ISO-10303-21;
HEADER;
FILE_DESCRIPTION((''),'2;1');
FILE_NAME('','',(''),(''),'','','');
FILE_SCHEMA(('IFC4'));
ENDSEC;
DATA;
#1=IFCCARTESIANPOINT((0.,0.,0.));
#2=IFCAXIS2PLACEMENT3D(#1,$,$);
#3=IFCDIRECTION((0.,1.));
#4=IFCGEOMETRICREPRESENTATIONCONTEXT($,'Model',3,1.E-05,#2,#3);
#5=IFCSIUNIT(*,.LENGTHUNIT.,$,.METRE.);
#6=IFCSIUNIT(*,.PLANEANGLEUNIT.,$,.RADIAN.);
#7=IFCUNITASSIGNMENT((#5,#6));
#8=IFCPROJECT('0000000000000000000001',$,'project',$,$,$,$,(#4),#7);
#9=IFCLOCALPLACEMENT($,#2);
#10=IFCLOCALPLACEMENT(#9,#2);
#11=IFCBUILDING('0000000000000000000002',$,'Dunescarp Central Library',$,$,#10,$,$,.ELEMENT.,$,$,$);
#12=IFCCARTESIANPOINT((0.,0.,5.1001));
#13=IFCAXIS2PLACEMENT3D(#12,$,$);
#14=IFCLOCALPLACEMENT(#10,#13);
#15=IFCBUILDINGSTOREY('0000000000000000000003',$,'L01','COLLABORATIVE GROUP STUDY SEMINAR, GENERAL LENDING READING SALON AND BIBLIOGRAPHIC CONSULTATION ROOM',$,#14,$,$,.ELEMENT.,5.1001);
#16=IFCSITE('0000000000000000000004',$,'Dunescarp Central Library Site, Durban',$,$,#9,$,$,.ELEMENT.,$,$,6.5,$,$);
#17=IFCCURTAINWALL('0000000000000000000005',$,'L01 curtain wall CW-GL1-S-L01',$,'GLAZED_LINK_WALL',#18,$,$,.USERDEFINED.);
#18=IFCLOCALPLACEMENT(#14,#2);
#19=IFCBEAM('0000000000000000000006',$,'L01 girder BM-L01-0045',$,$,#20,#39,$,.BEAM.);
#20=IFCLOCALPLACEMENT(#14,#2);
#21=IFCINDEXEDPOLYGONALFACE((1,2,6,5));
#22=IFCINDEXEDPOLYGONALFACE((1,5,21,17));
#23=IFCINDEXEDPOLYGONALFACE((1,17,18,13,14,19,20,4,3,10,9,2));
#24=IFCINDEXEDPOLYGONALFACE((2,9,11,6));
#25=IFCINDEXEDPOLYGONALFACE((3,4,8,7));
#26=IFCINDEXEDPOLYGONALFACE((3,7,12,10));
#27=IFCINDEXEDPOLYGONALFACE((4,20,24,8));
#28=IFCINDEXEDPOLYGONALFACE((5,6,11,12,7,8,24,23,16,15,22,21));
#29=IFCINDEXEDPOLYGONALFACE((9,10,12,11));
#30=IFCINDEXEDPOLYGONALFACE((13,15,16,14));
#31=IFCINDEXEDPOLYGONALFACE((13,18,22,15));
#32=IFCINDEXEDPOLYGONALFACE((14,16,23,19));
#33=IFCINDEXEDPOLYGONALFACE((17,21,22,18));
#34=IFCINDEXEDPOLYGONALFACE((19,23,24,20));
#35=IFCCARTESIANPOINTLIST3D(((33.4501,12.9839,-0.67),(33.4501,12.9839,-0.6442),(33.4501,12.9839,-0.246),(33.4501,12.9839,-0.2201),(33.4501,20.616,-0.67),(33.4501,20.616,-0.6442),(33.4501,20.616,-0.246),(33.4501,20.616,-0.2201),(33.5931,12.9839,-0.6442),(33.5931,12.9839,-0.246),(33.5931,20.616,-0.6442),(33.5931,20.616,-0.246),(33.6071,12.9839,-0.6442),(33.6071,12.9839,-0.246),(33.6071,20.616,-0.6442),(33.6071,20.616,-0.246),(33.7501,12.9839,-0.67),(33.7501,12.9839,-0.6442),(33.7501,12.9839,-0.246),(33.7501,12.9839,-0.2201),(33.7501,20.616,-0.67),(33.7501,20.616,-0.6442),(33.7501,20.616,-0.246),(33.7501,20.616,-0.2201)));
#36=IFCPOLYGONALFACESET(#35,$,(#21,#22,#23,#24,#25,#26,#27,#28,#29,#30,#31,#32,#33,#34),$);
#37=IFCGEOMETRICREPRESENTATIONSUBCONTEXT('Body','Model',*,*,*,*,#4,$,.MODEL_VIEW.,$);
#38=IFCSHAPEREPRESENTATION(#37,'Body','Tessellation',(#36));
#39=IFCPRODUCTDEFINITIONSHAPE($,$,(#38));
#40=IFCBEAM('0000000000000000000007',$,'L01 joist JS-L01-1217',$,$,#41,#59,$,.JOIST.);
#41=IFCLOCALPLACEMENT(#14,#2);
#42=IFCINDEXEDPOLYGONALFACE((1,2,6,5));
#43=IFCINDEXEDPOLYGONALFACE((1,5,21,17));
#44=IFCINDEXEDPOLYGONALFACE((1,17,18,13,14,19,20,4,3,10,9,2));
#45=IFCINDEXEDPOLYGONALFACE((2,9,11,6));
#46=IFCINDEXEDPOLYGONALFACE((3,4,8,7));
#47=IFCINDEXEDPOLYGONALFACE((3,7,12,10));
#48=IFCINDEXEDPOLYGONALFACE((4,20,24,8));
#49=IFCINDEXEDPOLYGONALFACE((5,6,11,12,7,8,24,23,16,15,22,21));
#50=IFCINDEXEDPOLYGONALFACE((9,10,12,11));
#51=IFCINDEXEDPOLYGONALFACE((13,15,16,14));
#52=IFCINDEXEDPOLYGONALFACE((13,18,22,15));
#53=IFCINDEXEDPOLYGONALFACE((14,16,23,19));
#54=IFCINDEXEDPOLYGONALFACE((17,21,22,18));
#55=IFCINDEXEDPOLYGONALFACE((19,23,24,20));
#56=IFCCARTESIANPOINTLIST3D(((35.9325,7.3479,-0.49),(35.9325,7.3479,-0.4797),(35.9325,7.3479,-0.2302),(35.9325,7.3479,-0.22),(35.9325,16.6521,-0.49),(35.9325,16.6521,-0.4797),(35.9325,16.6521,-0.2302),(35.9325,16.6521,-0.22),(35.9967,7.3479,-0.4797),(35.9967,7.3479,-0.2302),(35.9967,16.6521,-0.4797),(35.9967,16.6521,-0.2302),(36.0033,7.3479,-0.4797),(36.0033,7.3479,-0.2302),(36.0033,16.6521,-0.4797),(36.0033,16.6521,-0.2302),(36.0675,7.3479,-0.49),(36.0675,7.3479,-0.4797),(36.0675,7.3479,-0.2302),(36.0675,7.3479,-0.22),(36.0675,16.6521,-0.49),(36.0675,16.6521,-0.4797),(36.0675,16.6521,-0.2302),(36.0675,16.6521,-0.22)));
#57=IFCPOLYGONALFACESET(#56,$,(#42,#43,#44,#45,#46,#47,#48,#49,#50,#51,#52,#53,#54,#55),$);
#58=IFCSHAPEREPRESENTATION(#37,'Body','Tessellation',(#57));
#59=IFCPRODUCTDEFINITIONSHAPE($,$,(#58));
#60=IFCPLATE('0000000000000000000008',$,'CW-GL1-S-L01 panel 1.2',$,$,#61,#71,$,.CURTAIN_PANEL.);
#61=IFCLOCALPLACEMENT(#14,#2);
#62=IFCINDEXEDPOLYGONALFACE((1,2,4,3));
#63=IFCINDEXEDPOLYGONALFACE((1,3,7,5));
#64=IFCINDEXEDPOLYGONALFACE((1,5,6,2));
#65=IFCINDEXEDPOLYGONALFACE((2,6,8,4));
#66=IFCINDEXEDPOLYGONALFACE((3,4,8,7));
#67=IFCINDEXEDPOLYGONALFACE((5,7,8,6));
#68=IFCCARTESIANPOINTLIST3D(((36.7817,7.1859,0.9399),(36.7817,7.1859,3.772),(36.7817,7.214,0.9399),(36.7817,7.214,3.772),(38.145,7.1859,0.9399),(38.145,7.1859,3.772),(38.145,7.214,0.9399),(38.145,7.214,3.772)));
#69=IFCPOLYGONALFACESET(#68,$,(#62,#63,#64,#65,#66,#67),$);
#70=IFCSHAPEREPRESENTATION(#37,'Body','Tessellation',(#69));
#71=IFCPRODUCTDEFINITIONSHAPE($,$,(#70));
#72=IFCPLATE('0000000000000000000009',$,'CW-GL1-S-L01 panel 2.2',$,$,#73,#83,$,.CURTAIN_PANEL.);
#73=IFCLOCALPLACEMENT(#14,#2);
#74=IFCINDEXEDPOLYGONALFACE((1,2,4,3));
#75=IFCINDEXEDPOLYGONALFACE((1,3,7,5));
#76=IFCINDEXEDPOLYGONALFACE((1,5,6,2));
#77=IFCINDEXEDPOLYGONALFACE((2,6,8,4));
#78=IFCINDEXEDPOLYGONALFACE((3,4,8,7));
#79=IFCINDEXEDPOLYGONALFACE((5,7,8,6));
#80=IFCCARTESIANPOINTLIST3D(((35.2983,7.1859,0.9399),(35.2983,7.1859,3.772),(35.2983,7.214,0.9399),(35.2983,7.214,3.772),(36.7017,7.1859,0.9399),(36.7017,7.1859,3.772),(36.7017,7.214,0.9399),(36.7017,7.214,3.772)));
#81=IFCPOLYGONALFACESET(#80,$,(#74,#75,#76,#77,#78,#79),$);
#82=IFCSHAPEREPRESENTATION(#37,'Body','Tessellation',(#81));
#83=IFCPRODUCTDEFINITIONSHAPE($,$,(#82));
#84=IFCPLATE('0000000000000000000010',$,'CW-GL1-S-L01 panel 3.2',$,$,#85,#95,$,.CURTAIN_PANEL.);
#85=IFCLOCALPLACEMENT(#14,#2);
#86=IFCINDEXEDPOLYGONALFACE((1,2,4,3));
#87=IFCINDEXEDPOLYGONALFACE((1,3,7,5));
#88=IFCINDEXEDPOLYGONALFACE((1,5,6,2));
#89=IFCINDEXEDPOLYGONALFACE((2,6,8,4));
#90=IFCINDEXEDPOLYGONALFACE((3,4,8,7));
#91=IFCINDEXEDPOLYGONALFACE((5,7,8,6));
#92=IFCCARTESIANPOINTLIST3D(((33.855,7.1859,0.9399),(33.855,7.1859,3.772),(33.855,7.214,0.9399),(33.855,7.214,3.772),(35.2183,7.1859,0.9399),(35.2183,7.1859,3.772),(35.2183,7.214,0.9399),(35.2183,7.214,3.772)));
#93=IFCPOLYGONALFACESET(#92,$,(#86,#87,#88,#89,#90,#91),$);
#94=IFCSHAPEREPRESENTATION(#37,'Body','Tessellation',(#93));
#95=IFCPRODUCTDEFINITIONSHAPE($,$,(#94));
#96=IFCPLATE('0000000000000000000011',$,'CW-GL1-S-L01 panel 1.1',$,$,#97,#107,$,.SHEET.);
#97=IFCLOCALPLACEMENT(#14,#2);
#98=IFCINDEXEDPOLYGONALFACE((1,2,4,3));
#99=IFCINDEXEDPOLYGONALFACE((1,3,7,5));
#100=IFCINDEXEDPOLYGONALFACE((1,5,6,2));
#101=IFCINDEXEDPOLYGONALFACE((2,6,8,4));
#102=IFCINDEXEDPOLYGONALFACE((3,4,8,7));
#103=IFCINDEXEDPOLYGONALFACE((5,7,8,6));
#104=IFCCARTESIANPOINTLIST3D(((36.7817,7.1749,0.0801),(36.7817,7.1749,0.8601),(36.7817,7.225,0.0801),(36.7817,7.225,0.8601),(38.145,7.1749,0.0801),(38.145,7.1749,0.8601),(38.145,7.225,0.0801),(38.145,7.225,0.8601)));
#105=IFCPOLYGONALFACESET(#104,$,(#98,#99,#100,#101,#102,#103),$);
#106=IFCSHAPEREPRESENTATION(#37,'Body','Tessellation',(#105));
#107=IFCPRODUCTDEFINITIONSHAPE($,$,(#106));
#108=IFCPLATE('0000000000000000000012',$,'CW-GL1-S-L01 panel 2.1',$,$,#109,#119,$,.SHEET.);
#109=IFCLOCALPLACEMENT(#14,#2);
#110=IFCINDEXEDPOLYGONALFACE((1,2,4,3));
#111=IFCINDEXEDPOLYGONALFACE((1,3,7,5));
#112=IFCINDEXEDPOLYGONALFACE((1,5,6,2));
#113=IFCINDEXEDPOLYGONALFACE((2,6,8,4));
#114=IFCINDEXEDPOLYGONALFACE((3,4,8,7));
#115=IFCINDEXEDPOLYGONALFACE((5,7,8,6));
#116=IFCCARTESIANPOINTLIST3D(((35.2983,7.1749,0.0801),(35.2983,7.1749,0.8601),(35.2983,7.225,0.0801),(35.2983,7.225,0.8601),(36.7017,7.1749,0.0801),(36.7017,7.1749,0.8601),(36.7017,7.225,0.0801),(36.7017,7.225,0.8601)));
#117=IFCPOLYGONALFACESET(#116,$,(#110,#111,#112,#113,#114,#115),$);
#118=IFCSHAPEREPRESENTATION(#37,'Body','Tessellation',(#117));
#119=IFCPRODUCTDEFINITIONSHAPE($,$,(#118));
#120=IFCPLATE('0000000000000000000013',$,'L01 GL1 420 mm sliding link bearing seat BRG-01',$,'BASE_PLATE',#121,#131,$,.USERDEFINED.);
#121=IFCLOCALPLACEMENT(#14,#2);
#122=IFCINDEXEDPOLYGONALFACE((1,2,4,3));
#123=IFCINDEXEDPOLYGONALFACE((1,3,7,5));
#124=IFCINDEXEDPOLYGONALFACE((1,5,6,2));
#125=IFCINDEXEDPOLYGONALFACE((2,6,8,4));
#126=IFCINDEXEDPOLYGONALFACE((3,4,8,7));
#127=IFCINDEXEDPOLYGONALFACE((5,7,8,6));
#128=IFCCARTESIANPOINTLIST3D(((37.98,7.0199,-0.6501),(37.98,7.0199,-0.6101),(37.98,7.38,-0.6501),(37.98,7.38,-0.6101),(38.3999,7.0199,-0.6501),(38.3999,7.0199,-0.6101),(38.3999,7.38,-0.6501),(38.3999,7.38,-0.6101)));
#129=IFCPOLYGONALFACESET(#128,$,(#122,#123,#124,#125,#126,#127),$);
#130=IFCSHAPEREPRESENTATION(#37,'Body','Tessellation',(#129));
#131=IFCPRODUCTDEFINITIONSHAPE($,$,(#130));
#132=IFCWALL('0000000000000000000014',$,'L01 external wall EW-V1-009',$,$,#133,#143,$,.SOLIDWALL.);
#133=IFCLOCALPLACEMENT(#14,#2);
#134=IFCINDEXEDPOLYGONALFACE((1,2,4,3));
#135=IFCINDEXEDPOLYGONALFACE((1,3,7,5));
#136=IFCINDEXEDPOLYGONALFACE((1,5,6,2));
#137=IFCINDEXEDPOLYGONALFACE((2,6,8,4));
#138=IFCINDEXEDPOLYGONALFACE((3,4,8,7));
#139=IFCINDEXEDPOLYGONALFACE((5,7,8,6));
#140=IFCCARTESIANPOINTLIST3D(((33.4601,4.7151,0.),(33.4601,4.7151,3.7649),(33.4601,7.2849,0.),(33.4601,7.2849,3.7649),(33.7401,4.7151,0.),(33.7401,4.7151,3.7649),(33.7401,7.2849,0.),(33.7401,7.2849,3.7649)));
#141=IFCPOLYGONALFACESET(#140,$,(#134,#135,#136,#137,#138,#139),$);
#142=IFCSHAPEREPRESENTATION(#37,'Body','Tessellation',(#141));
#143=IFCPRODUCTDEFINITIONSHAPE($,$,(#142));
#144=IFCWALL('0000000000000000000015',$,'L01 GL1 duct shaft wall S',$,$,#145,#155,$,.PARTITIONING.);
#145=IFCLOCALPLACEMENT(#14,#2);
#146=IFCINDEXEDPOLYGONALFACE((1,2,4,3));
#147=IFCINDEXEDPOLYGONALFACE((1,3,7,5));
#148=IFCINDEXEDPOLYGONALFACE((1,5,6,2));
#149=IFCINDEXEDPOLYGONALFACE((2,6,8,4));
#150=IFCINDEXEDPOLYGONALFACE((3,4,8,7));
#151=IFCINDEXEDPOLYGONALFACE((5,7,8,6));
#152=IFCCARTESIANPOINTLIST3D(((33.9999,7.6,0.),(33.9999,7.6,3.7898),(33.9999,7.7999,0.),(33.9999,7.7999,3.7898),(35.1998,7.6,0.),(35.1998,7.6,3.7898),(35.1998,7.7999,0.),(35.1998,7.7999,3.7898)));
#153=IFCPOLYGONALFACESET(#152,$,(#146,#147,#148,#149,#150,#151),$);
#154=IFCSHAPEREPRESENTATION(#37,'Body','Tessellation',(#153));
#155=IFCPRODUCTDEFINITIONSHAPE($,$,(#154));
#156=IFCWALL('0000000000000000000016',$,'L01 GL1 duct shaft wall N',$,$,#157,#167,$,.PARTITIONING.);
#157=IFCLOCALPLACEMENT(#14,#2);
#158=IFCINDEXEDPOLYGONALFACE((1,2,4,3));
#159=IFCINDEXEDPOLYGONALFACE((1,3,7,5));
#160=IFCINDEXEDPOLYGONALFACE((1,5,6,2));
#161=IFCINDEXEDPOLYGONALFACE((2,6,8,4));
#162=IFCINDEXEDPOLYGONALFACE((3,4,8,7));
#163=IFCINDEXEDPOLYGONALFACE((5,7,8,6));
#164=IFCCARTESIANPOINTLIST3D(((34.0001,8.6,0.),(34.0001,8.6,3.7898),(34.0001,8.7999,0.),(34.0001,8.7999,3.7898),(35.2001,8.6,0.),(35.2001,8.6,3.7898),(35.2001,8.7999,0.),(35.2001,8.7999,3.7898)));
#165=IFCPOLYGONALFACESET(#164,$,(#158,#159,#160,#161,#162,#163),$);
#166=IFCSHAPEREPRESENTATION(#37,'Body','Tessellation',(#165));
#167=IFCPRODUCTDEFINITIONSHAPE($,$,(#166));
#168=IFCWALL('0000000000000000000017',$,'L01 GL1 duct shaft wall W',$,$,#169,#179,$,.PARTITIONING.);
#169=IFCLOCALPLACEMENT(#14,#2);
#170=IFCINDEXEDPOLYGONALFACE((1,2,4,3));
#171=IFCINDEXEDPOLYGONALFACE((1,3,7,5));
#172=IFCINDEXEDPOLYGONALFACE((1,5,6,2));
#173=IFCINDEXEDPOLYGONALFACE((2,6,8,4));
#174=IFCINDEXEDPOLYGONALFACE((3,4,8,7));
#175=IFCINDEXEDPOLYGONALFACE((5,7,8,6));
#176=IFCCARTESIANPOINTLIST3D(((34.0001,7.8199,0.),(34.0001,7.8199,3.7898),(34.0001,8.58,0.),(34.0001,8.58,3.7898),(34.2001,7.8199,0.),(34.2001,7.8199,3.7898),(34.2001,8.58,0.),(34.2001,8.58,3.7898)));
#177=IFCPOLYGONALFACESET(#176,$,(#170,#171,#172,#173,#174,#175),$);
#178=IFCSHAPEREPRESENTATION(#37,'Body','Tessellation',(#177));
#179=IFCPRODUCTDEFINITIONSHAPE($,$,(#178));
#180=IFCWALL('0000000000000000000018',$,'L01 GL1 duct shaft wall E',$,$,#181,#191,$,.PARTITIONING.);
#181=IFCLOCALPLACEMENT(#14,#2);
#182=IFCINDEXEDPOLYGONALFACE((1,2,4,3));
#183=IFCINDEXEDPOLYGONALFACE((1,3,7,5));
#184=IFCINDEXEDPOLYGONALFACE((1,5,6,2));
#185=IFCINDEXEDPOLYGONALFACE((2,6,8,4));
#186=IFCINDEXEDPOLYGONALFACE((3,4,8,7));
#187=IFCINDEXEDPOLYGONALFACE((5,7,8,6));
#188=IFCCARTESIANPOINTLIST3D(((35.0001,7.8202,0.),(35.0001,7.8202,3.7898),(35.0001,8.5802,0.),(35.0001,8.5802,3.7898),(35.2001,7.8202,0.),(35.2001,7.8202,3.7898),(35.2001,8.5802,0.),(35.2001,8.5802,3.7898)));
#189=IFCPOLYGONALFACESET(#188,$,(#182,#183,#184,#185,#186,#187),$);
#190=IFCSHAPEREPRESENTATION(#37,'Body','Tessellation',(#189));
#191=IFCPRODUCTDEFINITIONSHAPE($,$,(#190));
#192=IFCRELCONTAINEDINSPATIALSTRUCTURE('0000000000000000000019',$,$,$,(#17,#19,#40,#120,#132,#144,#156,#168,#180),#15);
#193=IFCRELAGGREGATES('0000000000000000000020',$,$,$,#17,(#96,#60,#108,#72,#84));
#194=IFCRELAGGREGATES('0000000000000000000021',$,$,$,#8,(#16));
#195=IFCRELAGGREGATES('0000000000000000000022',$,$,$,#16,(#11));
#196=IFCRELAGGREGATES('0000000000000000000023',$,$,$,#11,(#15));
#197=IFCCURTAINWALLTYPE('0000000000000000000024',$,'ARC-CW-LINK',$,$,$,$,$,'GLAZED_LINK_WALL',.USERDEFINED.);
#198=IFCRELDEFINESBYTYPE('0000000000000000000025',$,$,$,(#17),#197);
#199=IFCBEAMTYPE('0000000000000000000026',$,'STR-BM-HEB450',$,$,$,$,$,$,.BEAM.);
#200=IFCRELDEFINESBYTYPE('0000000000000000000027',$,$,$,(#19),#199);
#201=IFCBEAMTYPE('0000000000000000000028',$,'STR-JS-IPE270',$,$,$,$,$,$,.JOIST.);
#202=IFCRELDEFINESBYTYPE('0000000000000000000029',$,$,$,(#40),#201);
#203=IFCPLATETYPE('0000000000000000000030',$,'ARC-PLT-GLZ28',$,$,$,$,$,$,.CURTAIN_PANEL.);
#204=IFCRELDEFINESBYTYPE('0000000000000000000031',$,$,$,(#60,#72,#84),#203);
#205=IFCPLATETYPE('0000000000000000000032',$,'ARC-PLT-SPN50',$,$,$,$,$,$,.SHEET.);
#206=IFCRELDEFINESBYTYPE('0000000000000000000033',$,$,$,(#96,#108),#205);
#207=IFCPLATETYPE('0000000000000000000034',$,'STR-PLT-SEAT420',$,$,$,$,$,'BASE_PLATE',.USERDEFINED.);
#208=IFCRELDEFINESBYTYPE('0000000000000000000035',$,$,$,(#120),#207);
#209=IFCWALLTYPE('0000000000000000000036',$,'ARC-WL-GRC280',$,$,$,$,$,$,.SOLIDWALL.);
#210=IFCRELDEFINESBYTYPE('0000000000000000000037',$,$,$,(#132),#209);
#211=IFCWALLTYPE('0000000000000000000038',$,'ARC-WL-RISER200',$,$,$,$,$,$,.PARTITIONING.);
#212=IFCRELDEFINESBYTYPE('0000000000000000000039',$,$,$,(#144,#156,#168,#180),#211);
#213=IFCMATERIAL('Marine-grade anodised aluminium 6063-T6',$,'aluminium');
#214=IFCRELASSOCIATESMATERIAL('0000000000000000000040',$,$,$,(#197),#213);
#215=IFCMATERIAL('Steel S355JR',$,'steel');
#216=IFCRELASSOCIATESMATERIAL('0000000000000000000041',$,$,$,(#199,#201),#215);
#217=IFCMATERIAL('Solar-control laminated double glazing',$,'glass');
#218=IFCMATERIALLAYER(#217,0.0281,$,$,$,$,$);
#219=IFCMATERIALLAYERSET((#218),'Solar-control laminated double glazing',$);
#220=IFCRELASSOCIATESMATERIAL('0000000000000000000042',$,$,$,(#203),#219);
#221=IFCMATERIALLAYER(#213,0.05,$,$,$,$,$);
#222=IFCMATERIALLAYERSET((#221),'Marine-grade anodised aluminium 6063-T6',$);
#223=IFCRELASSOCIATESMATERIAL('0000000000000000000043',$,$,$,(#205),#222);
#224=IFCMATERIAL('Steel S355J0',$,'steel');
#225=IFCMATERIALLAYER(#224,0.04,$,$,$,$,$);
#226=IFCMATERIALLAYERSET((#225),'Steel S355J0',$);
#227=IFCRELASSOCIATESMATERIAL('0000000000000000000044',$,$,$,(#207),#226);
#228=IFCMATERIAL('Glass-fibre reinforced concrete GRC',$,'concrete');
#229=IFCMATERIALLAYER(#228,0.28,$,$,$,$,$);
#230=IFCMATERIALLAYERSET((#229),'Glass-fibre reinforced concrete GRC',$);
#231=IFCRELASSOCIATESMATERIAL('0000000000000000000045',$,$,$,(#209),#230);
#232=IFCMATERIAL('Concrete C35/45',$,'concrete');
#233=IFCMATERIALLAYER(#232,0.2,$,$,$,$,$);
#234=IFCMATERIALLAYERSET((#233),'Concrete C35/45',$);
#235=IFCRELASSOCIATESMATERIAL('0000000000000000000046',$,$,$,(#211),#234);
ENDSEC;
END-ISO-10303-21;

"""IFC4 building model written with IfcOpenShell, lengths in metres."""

from ifc_helpers import new_model, si_unit, direction, frame, frame_2d, origin, origin_2d, place, context, subcontext, project, spatial, rectangle, i_section, extrude, material, layer, layer_set, material_profile, profile_set, type_object, element, aggregate, save


model = new_model("IFC4")

# Units and contexts
model_context = context("Model", 3, precision=1e-05, world=origin(), true_north=direction((0.0, 1.0)))
body_context = subcontext(model_context, "Body", "Model", "MODEL_VIEW")
ifc_project = project(units=[si_unit("LENGTHUNIT", "METRE"), si_unit("PLANEANGLEUNIT", "RADIAN")], contexts=[model_context])

# Site, building, storey
site_placement = place(None, origin())
site = spatial("IfcSite", under=ifc_project, at=site_placement, Name="Dunescarp Central Library Site, Durban", CompositionType="ELEMENT", RefElevation=6.5)
building_placement = place(site_placement, origin())
building = spatial("IfcBuilding", under=site, at=building_placement, Name="Dunescarp Central Library", CompositionType="ELEMENT")
storey_placement = place(building_placement, frame((0.0, 0.0, 5.1001)))
storey = spatial("IfcBuildingStorey", under=building, at=storey_placement, Name="L01", Description="COLLABORATIVE GROUP STUDY SEMINAR, GENERAL LENDING READING SALON AND BIBLIOGRAPHIC CONSULTATION ROOM", CompositionType="ELEMENT", Elevation=5.1001)

# Shared definitions
ifc_material_1 = material(Name="Steel S355JR", Category="steel")

# Curtain wall
ifc_material_2 = material(Name="Marine-grade anodised aluminium 6063-T6", Category="aluminium")
curtain_wall_type = type_object("IfcCurtainWallType", Name="ARC-CW-LINK", ElementType="GLAZED_LINK_WALL", PredefinedType="USERDEFINED", material=ifc_material_2)
curtain_wall_placement = place(storey_placement, origin())
curtain_wall = element("IfcCurtainWall", 1, at=curtain_wall_placement, inside=storey, type_object=curtain_wall_type, Name="L01 curtain wall CW-GL1-S-L01", ObjectType="GLAZED_LINK_WALL", PredefinedType="USERDEFINED")

# Beams
ifc_material_profile_1 = material_profile(ifc_material_1, i_section(OverallWidth=0.3, OverallDepth=0.45, WebThickness=0.0139, FlangeThickness=0.0259, at=origin_2d()), Name="HEB 450")
ifc_profile_set_1 = profile_set([ifc_material_profile_1], Name="Steel S355JR")
beam_type_1 = type_object("IfcBeamType", Name="STR-BM-HEB450", PredefinedType="BEAM", material=ifc_profile_set_1)
beam_1_placement = place(storey_placement, frame((33.6001, 12.9839, -0.4451), z_axis=(0.0, 1.0, 0.0), x_axis=(-1.0, 0.0, 0.0)))
element("IfcBeam", 2, at=beam_1_placement, inside=storey, type_object=beam_type_1, Name="L01 girder BM-L01-0045", PredefinedType="BEAM", context=body_context, shape_type="SweptSolid", body=[
    extrude(i_section(OverallWidth=0.3, OverallDepth=0.45, WebThickness=0.0139, FlangeThickness=0.0259, at=origin_2d()), origin(), (0.0, 0.0, 1.0), 7.6321),
])
ifc_material_profile_2 = material_profile(ifc_material_1, i_section(OverallWidth=0.135, OverallDepth=0.27, WebThickness=0.0066, FlangeThickness=0.0103, at=origin_2d()), Name="IPE 270")
ifc_profile_set_2 = profile_set([ifc_material_profile_2], Name="Steel S355JR")
beam_type_2 = type_object("IfcBeamType", Name="STR-JS-IPE270", PredefinedType="JOIST", material=ifc_profile_set_2)
beam_2_placement = place(storey_placement, frame((36.0, 7.3479, -0.355), z_axis=(0.0, 1.0, 0.0), x_axis=(-1.0, 0.0, 0.0)))
element("IfcBeam", 3, at=beam_2_placement, inside=storey, type_object=beam_type_2, Name="L01 joist JS-L01-1217", PredefinedType="JOIST", context=body_context, shape_type="SweptSolid", body=[
    extrude(i_section(OverallWidth=0.135, OverallDepth=0.27, WebThickness=0.0066, FlangeThickness=0.0103, at=origin_2d()), origin(), (0.0, 0.0, 1.0), 9.3042),
])

# Plates
ifc_material_3 = material(Name="Solar-control laminated double glazing", Category="glass")
ifc_layer_1 = layer(ifc_material_3, 0.0281)
ifc_layer_set_1 = layer_set([ifc_layer_1], Name="Solar-control laminated double glazing")
plate_type_1 = type_object("IfcPlateType", Name="ARC-PLT-GLZ28", PredefinedType="CURTAIN_PANEL", material=ifc_layer_set_1)
plate_1_placement = place(storey_placement, frame((37.4634, 7.2, 0.9399), z_axis=(0.0, 0.0, 1.0), x_axis=(-1.0, 0.0, 0.0)))
plate_1 = element("IfcPlate", 4, at=plate_1_placement, type_object=plate_type_1, Name="CW-GL1-S-L01 panel 1.2", PredefinedType="CURTAIN_PANEL", context=body_context, shape_type="SweptSolid", body=[
    extrude(rectangle(XDim=1.3633, YDim=0.0281, at=origin_2d()), origin(), (0.0, 0.0, 1.0), 2.832),
])
plate_2_placement = place(storey_placement, frame((36.0, 7.2, 0.9399), z_axis=(0.0, 0.0, 1.0), x_axis=(-1.0, 0.0, 0.0)))
plate_2 = element("IfcPlate", 5, at=plate_2_placement, type_object=plate_type_1, Name="CW-GL1-S-L01 panel 2.2", PredefinedType="CURTAIN_PANEL", context=body_context, shape_type="SweptSolid", body=[
    extrude(rectangle(XDim=1.4033, YDim=0.0281, at=origin_2d()), origin(), (0.0, 0.0, 1.0), 2.832),
])
plate_3_placement = place(storey_placement, frame((34.5366, 7.2, 0.9399), z_axis=(0.0, 0.0, 1.0), x_axis=(-1.0, 0.0, 0.0)))
plate_3 = element("IfcPlate", 6, at=plate_3_placement, type_object=plate_type_1, Name="CW-GL1-S-L01 panel 3.2", PredefinedType="CURTAIN_PANEL", context=body_context, shape_type="SweptSolid", body=[
    extrude(rectangle(XDim=1.3633, YDim=0.0281, at=origin_2d()), origin(), (0.0, 0.0, 1.0), 2.832),
])
ifc_layer_2 = layer(ifc_material_2, 0.05)
ifc_layer_set_2 = layer_set([ifc_layer_2], Name="Marine-grade anodised aluminium 6063-T6")
plate_type_2 = type_object("IfcPlateType", Name="ARC-PLT-SPN50", PredefinedType="SHEET", material=ifc_layer_set_2)
plate_4_placement = place(storey_placement, frame((37.4634, 7.2, 0.0801), z_axis=(0.0, 0.0, 1.0), x_axis=(-1.0, 0.0, 0.0)))
plate_4 = element("IfcPlate", 7, at=plate_4_placement, type_object=plate_type_2, Name="CW-GL1-S-L01 panel 1.1", PredefinedType="SHEET", context=body_context, shape_type="SweptSolid", body=[
    extrude(rectangle(XDim=1.3633, YDim=0.05, at=origin_2d()), origin(), (0.0, 0.0, 1.0), 0.78),
])
plate_5_placement = place(storey_placement, frame((36.0, 7.2, 0.0801), z_axis=(0.0, 0.0, 1.0), x_axis=(-1.0, 0.0, 0.0)))
plate_5 = element("IfcPlate", 8, at=plate_5_placement, type_object=plate_type_2, Name="CW-GL1-S-L01 panel 2.1", PredefinedType="SHEET", context=body_context, shape_type="SweptSolid", body=[
    extrude(rectangle(XDim=1.4033, YDim=0.05, at=origin_2d()), origin(), (0.0, 0.0, 1.0), 0.78),
])
aggregate(curtain_wall, [plate_4, plate_1, plate_5, plate_2, plate_3])
ifc_material_4 = material(Name="Steel S355J0", Category="steel")
ifc_layer_3 = layer(ifc_material_4, 0.04)
ifc_layer_set_3 = layer_set([ifc_layer_3], Name="Steel S355J0")
plate_type_3 = type_object("IfcPlateType", Name="STR-PLT-SEAT420", ElementType="BASE_PLATE", PredefinedType="USERDEFINED", material=ifc_layer_set_3)
plate_6_placement = place(storey_placement, frame((38.1899, 7.2, -0.6501), z_axis=(0.0, 0.0, 1.0), x_axis=(1.0, 0.0, 0.0)))
element("IfcPlate", 9, at=plate_6_placement, inside=storey, type_object=plate_type_3, Name="L01 GL1 420 mm sliding link bearing seat BRG-01", ObjectType="BASE_PLATE", PredefinedType="USERDEFINED", context=body_context, shape_type="SweptSolid", body=[
    extrude(rectangle(XDim=0.4199, YDim=0.3601, at=origin_2d()), origin(), (0.0, 0.0, 1.0), 0.04),
])

# Walls
ifc_material_5 = material(Name="Glass-fibre reinforced concrete GRC", Category="concrete")
ifc_layer_4 = layer(ifc_material_5, 0.28)
ifc_layer_set_4 = layer_set([ifc_layer_4], Name="Glass-fibre reinforced concrete GRC")
wall_type_1 = type_object("IfcWallType", Name="ARC-WL-GRC280", PredefinedType="SOLIDWALL", material=ifc_layer_set_4)
wall_1_placement = place(storey_placement, frame((33.6001, 7.2849, 0.0), z_axis=(0.0, 0.0, 1.0), x_axis=(0.0, -1.0, 0.0)))
element("IfcWall", 10, at=wall_1_placement, inside=storey, type_object=wall_type_1, Name="L01 external wall EW-V1-009", PredefinedType="SOLIDWALL", context=body_context, shape_type="SweptSolid", body=[
    extrude(rectangle(XDim=2.5698, YDim=0.28, at=frame_2d((1.2849, 0.0))), origin(), (0.0, 0.0, 1.0), 3.7649),
])
ifc_material_6 = material(Name="Concrete C35/45", Category="concrete")
ifc_layer_5 = layer(ifc_material_6, 0.2)
ifc_layer_set_5 = layer_set([ifc_layer_5], Name="Concrete C35/45")
wall_type_2 = type_object("IfcWallType", Name="ARC-WL-RISER200", PredefinedType="PARTITIONING", material=ifc_layer_set_5)
for number, where, z_axis, x_axis, name in (
    (11, (35.2, 7.7, 0.0), (0.0, 0.0, 1.0), (-1.0, 0.0, 0.0), "L01 GL1 duct shaft wall S"),
    (12, (34.0, 8.7, 0.0), (0.0, 0.0, 1.0), (1.0, 0.0, 0.0), "L01 GL1 duct shaft wall N"),
):
    element("IfcWall", number, at=place(storey_placement, frame(where, z_axis=z_axis, x_axis=x_axis)), inside=storey, type_object=wall_type_2, Name=name, PredefinedType="PARTITIONING", context=body_context, shape_type="SweptSolid", body=[
        extrude(rectangle(XDim=1.2, YDim=0.2, at=frame_2d((0.6001, 0.0))), origin(), (0.0, 0.0, 1.0), 3.7898),
    ])
for number, where, z_axis, x_axis, name in (
    (13, (34.1001, 7.8201, 0.0), (0.0, 0.0, 1.0), (0.0, 1.0, 0.0), "L01 GL1 duct shaft wall W"),
    (14, (35.1001, 8.5801, 0.0), (0.0, 0.0, 1.0), (0.0, -1.0, 0.0), "L01 GL1 duct shaft wall E"),
):
    element("IfcWall", number, at=place(storey_placement, frame(where, z_axis=z_axis, x_axis=x_axis)), inside=storey, type_object=wall_type_2, Name=name, PredefinedType="PARTITIONING", context=body_context, shape_type="SweptSolid", body=[
        extrude(rectangle(XDim=0.76, YDim=0.2, at=frame_2d((0.3799, 0.0))), origin(), (0.0, 0.0, 1.0), 3.7898),
    ])

save(model, "model.ifc")
